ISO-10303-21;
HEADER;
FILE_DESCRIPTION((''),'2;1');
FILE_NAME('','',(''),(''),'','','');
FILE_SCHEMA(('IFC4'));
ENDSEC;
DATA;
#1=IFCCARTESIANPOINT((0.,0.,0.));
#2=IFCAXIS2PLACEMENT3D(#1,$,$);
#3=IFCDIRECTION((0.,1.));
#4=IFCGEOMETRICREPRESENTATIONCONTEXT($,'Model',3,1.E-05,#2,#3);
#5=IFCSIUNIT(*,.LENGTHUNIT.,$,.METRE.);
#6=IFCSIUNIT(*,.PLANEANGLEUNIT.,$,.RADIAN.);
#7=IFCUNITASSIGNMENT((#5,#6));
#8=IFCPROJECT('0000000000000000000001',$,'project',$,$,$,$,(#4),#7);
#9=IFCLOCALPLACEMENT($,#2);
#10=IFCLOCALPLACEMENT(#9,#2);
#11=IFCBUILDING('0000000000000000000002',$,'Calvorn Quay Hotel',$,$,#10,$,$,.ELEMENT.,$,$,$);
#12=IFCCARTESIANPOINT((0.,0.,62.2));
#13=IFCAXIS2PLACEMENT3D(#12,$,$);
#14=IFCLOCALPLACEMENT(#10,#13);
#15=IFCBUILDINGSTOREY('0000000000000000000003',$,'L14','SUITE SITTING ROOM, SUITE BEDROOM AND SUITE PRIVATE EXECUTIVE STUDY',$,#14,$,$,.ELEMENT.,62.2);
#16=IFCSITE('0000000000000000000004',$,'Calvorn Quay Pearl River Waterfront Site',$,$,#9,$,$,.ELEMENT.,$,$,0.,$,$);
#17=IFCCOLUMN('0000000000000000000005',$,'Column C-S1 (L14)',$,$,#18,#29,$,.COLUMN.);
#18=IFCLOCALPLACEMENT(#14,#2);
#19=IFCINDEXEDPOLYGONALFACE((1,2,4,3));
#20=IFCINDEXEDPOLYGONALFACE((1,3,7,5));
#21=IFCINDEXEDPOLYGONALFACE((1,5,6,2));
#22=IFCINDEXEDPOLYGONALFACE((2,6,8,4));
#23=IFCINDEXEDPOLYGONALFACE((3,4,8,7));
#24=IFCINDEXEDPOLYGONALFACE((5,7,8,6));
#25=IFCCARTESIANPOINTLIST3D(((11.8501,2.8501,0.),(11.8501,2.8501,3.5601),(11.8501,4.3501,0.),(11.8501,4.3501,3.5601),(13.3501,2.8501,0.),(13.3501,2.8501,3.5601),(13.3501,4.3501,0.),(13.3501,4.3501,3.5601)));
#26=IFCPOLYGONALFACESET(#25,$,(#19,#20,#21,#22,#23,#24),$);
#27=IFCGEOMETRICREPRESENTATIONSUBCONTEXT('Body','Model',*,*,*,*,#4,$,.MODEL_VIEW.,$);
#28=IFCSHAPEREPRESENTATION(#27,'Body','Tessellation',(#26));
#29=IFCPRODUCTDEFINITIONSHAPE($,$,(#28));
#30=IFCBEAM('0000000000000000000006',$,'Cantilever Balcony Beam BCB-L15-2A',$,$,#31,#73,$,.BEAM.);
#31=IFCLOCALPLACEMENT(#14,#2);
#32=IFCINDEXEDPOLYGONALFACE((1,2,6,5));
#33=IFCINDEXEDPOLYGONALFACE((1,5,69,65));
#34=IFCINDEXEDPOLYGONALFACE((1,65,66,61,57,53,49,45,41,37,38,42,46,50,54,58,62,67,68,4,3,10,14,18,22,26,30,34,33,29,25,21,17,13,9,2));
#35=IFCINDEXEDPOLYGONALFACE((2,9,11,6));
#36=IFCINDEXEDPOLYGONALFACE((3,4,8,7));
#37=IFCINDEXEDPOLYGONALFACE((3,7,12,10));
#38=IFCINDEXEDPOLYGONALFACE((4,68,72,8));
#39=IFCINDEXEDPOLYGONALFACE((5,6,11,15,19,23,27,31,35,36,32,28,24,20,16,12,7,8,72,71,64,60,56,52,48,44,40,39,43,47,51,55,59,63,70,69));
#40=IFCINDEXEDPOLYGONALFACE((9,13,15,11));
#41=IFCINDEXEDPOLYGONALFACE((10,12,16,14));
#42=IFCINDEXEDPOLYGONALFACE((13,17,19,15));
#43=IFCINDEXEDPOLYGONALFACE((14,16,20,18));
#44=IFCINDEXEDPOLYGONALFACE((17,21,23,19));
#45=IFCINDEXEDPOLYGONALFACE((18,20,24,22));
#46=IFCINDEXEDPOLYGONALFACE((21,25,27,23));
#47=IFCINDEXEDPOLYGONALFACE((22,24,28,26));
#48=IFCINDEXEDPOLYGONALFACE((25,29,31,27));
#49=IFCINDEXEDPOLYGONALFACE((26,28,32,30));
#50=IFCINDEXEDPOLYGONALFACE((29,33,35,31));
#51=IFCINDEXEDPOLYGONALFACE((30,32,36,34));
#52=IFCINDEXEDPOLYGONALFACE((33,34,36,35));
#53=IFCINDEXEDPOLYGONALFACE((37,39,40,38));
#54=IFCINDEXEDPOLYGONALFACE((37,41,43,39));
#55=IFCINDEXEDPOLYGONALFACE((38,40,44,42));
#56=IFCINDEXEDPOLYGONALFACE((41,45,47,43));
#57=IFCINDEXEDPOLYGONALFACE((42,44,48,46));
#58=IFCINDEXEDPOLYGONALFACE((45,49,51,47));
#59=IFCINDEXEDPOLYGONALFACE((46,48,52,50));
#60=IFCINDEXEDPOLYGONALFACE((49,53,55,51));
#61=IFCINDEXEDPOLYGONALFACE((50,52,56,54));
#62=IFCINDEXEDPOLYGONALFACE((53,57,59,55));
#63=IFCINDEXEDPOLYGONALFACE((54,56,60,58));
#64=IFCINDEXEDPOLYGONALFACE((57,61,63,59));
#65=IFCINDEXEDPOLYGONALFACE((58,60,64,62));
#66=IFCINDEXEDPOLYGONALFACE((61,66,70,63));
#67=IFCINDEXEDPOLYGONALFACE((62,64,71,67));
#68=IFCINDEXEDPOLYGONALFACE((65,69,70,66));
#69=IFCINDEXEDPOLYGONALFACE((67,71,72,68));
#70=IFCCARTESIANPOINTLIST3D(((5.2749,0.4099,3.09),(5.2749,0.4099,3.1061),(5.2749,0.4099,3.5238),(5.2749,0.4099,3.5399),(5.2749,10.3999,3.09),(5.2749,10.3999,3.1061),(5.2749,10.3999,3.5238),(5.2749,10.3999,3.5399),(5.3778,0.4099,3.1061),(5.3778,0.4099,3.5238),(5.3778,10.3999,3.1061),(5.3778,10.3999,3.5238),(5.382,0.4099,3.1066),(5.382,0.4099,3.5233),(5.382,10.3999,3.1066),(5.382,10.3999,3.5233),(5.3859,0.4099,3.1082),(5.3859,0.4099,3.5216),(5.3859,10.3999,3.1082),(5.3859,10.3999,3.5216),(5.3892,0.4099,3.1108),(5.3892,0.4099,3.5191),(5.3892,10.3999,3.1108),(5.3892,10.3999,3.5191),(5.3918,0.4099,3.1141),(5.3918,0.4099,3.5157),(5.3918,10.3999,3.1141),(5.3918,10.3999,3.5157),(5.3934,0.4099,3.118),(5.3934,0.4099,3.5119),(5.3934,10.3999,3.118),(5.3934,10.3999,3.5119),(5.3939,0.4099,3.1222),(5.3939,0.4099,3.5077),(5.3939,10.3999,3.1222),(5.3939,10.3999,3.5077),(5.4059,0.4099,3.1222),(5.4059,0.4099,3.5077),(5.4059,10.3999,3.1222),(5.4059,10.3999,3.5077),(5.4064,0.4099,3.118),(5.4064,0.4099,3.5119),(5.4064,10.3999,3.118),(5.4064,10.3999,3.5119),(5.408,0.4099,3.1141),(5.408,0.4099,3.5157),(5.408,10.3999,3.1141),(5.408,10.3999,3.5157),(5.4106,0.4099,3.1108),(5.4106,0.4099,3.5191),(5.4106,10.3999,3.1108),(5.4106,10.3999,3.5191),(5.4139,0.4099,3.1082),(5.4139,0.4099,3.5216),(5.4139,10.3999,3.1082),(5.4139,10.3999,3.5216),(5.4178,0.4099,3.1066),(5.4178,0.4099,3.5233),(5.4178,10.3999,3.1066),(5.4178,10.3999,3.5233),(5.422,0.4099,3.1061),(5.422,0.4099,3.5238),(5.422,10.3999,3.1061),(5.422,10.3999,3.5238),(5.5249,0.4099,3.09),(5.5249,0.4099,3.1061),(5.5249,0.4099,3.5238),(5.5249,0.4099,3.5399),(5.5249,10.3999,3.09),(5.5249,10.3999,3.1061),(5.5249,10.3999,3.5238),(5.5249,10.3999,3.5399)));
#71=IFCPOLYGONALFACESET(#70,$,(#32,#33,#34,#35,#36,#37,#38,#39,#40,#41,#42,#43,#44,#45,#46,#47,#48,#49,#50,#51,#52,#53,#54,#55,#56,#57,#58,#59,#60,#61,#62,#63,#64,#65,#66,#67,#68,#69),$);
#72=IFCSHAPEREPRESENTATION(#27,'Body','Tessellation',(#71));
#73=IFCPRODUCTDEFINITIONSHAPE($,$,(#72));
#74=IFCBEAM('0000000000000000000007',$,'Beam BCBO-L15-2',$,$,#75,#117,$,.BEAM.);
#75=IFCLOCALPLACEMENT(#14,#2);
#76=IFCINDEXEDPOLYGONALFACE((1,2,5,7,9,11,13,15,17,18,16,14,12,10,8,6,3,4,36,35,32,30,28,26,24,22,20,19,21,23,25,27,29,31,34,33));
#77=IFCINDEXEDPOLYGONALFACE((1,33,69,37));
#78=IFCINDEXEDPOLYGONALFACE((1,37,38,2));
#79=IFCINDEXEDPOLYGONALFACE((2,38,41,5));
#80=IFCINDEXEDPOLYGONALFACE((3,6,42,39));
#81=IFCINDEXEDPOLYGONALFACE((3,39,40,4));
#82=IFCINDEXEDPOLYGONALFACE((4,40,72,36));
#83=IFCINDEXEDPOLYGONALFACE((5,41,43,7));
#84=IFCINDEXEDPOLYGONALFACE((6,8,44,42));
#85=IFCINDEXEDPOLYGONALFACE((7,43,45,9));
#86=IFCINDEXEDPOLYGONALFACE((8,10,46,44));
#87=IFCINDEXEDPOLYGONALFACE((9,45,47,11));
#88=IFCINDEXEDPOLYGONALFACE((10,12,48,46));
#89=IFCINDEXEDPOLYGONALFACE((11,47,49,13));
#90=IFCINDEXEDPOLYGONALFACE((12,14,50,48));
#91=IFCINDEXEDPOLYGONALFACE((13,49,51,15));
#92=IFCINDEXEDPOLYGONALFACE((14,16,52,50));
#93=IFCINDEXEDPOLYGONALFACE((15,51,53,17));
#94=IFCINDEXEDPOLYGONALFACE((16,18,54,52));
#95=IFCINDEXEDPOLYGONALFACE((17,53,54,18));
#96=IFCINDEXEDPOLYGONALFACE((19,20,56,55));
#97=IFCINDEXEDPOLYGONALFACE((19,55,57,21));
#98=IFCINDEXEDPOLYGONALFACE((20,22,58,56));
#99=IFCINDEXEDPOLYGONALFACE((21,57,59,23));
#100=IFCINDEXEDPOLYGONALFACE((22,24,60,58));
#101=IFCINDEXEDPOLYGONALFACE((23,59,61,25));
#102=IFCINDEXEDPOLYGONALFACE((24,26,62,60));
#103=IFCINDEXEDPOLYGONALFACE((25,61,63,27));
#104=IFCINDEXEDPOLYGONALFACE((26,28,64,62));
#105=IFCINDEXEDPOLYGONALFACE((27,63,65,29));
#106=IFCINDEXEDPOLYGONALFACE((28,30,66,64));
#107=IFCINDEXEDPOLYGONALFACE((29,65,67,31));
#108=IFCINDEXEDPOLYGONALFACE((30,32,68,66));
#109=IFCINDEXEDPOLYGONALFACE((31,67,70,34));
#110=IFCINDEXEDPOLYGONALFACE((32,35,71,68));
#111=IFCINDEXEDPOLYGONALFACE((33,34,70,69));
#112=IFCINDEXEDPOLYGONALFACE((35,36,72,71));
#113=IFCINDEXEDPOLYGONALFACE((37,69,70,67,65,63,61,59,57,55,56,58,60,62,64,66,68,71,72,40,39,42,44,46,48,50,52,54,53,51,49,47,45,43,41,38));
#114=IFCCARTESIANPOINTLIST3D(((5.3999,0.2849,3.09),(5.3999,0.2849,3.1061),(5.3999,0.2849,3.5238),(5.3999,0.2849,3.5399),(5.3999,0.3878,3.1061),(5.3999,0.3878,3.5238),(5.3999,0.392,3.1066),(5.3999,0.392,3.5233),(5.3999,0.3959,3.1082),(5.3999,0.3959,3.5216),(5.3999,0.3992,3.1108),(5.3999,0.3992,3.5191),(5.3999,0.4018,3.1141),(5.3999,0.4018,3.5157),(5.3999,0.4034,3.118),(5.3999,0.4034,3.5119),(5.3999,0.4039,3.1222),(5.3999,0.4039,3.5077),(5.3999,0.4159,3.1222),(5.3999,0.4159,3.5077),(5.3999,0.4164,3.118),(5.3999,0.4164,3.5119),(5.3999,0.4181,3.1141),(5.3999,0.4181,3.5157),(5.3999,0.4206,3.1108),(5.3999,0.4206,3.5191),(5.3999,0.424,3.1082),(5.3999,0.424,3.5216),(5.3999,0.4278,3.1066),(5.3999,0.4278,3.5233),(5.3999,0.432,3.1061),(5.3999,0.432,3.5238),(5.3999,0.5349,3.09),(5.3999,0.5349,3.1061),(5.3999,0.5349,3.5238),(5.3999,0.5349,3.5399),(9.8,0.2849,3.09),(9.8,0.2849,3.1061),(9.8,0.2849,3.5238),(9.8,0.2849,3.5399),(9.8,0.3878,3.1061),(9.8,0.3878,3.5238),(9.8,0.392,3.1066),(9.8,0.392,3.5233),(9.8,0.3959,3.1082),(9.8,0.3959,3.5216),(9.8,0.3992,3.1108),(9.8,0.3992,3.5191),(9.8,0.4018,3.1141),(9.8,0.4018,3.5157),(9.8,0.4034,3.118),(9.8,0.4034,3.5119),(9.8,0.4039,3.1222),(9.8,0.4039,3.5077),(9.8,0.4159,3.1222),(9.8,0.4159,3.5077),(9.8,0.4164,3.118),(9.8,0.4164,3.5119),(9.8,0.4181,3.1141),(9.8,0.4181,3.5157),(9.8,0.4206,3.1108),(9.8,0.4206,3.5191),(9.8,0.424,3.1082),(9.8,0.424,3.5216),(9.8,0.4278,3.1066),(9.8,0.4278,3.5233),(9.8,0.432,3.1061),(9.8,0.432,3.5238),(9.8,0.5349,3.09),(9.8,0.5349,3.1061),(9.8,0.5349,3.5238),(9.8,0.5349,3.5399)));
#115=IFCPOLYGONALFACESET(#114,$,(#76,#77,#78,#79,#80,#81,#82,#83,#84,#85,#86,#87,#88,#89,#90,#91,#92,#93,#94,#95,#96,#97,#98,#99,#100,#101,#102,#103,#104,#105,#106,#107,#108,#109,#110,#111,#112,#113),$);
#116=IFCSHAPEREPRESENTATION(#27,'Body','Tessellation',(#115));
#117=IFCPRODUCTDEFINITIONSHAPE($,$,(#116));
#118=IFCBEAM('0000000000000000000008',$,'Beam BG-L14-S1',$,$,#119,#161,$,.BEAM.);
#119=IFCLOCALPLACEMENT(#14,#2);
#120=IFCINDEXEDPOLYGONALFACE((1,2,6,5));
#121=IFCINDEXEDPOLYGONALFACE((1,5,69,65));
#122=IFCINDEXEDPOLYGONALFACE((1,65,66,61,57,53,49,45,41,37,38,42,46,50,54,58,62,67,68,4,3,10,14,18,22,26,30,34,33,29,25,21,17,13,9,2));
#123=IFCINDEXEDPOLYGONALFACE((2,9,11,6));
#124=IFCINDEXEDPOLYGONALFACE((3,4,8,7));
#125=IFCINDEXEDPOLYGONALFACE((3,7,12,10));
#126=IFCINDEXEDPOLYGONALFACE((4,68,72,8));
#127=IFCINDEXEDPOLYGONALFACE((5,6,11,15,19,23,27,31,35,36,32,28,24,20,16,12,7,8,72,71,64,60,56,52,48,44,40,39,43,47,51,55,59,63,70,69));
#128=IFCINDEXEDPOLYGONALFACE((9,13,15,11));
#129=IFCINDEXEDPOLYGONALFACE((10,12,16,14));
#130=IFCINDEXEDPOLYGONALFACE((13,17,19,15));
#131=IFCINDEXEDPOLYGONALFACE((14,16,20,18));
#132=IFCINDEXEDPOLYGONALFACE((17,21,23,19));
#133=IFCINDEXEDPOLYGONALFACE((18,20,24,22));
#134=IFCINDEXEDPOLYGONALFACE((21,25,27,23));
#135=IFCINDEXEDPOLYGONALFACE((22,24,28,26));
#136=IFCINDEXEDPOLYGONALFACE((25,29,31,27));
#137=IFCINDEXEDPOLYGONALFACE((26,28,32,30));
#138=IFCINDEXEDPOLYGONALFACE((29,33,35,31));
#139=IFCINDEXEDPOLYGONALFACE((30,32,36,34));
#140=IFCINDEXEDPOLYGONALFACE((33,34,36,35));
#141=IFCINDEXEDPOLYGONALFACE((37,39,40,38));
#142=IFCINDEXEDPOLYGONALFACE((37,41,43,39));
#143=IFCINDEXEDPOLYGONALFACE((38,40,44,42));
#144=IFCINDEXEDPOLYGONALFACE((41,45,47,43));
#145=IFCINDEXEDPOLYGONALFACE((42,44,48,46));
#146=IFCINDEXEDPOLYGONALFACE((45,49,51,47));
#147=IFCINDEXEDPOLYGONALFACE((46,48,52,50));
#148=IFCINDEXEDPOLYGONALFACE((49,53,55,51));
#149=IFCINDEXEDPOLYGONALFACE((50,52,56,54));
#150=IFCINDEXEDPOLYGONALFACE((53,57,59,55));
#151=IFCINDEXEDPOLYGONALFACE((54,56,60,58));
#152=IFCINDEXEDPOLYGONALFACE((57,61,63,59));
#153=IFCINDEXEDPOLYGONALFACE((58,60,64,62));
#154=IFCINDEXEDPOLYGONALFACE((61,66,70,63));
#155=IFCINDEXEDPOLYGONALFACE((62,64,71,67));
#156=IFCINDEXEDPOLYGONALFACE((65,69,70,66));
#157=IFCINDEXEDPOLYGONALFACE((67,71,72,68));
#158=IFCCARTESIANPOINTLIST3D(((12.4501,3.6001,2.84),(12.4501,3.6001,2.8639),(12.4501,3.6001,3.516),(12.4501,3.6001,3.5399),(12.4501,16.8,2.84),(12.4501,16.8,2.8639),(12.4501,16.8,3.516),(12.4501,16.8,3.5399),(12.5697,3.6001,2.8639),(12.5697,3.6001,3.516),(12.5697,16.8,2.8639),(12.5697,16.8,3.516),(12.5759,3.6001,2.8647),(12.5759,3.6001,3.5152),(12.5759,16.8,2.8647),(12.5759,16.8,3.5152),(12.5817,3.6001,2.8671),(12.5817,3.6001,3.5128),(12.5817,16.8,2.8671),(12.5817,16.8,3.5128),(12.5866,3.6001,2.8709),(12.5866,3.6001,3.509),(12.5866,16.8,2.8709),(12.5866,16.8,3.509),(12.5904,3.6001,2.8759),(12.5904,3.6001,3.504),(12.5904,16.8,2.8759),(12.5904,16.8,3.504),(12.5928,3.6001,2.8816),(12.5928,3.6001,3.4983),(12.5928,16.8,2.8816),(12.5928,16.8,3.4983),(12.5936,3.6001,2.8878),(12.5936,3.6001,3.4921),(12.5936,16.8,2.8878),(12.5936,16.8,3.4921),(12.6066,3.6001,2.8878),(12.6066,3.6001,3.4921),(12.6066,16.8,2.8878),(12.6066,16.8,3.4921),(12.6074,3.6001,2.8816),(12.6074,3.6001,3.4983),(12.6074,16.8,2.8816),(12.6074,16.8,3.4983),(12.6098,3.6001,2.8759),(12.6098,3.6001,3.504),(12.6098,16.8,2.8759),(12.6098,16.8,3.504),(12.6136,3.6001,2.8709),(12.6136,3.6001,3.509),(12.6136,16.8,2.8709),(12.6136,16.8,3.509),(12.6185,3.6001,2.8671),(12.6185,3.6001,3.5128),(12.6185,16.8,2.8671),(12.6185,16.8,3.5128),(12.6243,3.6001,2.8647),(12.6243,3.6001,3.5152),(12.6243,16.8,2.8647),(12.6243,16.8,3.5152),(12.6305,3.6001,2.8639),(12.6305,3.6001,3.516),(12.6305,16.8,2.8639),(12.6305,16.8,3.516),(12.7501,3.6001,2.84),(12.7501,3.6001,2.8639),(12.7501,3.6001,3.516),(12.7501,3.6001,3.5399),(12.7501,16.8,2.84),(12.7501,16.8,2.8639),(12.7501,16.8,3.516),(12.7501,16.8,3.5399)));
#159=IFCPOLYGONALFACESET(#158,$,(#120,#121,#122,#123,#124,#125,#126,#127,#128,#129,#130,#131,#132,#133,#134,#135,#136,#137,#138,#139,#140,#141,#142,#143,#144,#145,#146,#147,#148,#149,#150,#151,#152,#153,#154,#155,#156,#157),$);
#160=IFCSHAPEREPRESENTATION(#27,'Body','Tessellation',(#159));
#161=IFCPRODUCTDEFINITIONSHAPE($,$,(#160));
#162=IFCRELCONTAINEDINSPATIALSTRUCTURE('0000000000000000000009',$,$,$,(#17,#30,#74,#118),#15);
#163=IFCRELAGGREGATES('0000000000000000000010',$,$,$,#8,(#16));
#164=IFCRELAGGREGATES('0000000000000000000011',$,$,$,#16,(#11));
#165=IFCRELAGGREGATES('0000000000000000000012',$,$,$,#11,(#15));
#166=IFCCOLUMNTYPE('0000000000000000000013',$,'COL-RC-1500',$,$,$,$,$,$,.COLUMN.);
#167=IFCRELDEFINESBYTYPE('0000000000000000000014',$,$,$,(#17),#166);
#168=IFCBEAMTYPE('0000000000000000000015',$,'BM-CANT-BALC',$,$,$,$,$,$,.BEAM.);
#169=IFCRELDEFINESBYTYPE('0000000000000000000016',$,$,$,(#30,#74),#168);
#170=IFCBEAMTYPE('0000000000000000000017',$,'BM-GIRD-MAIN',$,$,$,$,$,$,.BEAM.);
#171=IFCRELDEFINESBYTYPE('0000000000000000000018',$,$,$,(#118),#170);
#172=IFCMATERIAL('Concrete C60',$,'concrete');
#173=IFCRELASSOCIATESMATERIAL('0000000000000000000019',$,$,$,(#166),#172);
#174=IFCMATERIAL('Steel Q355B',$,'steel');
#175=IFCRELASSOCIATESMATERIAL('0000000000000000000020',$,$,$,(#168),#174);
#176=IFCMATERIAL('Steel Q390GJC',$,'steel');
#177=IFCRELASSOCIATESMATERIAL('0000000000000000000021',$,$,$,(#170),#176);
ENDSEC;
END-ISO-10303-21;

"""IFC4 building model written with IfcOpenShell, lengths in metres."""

from ifc_helpers import new_model, si_unit, direction, frame, origin, origin_2d, place, context, subcontext, project, spatial, rectangle, i_section, extrude, material, material_profile, profile_set, type_object, element, save


model = new_model("IFC4")

# Units and contexts
model_context = context("Model", 3, precision=1e-05, world=origin(), true_north=direction((0.0, 1.0)))
body_context = subcontext(model_context, "Body", "Model", "MODEL_VIEW")
ifc_project = project(units=[si_unit("LENGTHUNIT", "METRE"), si_unit("PLANEANGLEUNIT", "RADIAN")], contexts=[model_context])

# Site, building, storey
site_placement = place(None, origin())
site = spatial("IfcSite", under=ifc_project, at=site_placement, Name="Calvorn Quay Pearl River Waterfront Site", CompositionType="ELEMENT", RefElevation=0.0)
building_placement = place(site_placement, origin())
building = spatial("IfcBuilding", under=site, at=building_placement, Name="Calvorn Quay Hotel", CompositionType="ELEMENT")
storey_placement = place(building_placement, frame((0.0, 0.0, 62.2)))
storey = spatial("IfcBuildingStorey", under=building, at=storey_placement, Name="L14", Description="SUITE SITTING ROOM, SUITE BEDROOM AND SUITE PRIVATE EXECUTIVE STUDY", CompositionType="ELEMENT", Elevation=62.2)

# Column
ifc_material_1 = material(Name="Concrete C60", Category="concrete")
ifc_material_profile_1 = material_profile(ifc_material_1, rectangle(XDim=1.5, YDim=1.5, at=origin_2d()), Name="RC1500x1500")
ifc_profile_set_1 = profile_set([ifc_material_profile_1], Name="Concrete C60")
column_type = type_object("IfcColumnType", Name="COL-RC-1500", PredefinedType="COLUMN", material=ifc_profile_set_1)
column_placement = place(storey_placement, frame((12.6001, 3.6001, 0.0), z_axis=(0.0, 0.0, 1.0), x_axis=(1.0, 0.0, 0.0)))
element("IfcColumn", 1, at=column_placement, inside=storey, type_object=column_type, Name="Column C-S1 (L14)", PredefinedType="COLUMN", context=body_context, shape_type="SweptSolid", body=[
    extrude(rectangle(XDim=1.5, YDim=1.5, at=origin_2d()), origin(), (0.0, 0.0, 1.0), 3.5601),
])

# Beams
ifc_material_2 = material(Name="Steel Q355B", Category="steel")
ifc_material_profile_2 = material_profile(ifc_material_2, i_section(OverallWidth=0.25, OverallDepth=0.45, WebThickness=0.012, FlangeThickness=0.0161, FilletRadius=0.0161, at=origin_2d()), Name="HN450x250x12x16")
ifc_profile_set_2 = profile_set([ifc_material_profile_2], Name="Steel Q355B")
beam_type_1 = type_object("IfcBeamType", Name="BM-CANT-BALC", PredefinedType="BEAM", material=ifc_profile_set_2)
beam_1_placement = place(storey_placement, frame((5.3999, 10.3999, 3.3149), z_axis=(0.0, -1.0, 0.0), x_axis=(1.0, 0.0, 0.0)))
element("IfcBeam", 2, at=beam_1_placement, inside=storey, type_object=beam_type_1, Name="Cantilever Balcony Beam BCB-L15-2A", PredefinedType="BEAM", context=body_context, shape_type="SweptSolid", body=[
    extrude(i_section(OverallWidth=0.25, OverallDepth=0.45, WebThickness=0.012, FlangeThickness=0.0161, FilletRadius=0.0161, at=origin_2d()), origin(), (0.0, 0.0, 1.0), 9.99),
])
beam_2_placement = place(storey_placement, frame((5.3999, 0.4099, 3.3149), z_axis=(1.0, 0.0, 0.0), x_axis=(0.0, 1.0, 0.0)))
element("IfcBeam", 3, at=beam_2_placement, inside=storey, type_object=beam_type_1, Name="Beam BCBO-L15-2", PredefinedType="BEAM", context=body_context, shape_type="SweptSolid", body=[
    extrude(i_section(OverallWidth=0.25, OverallDepth=0.45, WebThickness=0.012, FlangeThickness=0.0161, FilletRadius=0.0161, at=origin_2d()), origin(), (0.0, 0.0, 1.0), 4.4001),
])
ifc_material_3 = material(Name="Steel Q390GJC", Category="steel")
ifc_material_profile_3 = material_profile(ifc_material_3, i_section(OverallWidth=0.3, OverallDepth=0.7, WebThickness=0.0129, FlangeThickness=0.0239, FilletRadius=0.0239, at=origin_2d()), Name="HN700x300x13x24")
ifc_profile_set_3 = profile_set([ifc_material_profile_3], Name="Steel Q390GJC")
beam_type_2 = type_object("IfcBeamType", Name="BM-GIRD-MAIN", PredefinedType="BEAM", material=ifc_profile_set_3)
beam_3_placement = place(storey_placement, frame((12.6001, 3.6001, 3.1899), z_axis=(0.0, 1.0, 0.0), x_axis=(-1.0, 0.0, 0.0)))
element("IfcBeam", 4, at=beam_3_placement, inside=storey, type_object=beam_type_2, Name="Beam BG-L14-S1", PredefinedType="BEAM", context=body_context, shape_type="SweptSolid", body=[
    extrude(i_section(OverallWidth=0.3, OverallDepth=0.7, WebThickness=0.0129, FlangeThickness=0.0239, FilletRadius=0.0239, at=origin_2d()), origin(), (0.0, 0.0, 1.0), 13.2),
])

save(model, "model.ifc")
